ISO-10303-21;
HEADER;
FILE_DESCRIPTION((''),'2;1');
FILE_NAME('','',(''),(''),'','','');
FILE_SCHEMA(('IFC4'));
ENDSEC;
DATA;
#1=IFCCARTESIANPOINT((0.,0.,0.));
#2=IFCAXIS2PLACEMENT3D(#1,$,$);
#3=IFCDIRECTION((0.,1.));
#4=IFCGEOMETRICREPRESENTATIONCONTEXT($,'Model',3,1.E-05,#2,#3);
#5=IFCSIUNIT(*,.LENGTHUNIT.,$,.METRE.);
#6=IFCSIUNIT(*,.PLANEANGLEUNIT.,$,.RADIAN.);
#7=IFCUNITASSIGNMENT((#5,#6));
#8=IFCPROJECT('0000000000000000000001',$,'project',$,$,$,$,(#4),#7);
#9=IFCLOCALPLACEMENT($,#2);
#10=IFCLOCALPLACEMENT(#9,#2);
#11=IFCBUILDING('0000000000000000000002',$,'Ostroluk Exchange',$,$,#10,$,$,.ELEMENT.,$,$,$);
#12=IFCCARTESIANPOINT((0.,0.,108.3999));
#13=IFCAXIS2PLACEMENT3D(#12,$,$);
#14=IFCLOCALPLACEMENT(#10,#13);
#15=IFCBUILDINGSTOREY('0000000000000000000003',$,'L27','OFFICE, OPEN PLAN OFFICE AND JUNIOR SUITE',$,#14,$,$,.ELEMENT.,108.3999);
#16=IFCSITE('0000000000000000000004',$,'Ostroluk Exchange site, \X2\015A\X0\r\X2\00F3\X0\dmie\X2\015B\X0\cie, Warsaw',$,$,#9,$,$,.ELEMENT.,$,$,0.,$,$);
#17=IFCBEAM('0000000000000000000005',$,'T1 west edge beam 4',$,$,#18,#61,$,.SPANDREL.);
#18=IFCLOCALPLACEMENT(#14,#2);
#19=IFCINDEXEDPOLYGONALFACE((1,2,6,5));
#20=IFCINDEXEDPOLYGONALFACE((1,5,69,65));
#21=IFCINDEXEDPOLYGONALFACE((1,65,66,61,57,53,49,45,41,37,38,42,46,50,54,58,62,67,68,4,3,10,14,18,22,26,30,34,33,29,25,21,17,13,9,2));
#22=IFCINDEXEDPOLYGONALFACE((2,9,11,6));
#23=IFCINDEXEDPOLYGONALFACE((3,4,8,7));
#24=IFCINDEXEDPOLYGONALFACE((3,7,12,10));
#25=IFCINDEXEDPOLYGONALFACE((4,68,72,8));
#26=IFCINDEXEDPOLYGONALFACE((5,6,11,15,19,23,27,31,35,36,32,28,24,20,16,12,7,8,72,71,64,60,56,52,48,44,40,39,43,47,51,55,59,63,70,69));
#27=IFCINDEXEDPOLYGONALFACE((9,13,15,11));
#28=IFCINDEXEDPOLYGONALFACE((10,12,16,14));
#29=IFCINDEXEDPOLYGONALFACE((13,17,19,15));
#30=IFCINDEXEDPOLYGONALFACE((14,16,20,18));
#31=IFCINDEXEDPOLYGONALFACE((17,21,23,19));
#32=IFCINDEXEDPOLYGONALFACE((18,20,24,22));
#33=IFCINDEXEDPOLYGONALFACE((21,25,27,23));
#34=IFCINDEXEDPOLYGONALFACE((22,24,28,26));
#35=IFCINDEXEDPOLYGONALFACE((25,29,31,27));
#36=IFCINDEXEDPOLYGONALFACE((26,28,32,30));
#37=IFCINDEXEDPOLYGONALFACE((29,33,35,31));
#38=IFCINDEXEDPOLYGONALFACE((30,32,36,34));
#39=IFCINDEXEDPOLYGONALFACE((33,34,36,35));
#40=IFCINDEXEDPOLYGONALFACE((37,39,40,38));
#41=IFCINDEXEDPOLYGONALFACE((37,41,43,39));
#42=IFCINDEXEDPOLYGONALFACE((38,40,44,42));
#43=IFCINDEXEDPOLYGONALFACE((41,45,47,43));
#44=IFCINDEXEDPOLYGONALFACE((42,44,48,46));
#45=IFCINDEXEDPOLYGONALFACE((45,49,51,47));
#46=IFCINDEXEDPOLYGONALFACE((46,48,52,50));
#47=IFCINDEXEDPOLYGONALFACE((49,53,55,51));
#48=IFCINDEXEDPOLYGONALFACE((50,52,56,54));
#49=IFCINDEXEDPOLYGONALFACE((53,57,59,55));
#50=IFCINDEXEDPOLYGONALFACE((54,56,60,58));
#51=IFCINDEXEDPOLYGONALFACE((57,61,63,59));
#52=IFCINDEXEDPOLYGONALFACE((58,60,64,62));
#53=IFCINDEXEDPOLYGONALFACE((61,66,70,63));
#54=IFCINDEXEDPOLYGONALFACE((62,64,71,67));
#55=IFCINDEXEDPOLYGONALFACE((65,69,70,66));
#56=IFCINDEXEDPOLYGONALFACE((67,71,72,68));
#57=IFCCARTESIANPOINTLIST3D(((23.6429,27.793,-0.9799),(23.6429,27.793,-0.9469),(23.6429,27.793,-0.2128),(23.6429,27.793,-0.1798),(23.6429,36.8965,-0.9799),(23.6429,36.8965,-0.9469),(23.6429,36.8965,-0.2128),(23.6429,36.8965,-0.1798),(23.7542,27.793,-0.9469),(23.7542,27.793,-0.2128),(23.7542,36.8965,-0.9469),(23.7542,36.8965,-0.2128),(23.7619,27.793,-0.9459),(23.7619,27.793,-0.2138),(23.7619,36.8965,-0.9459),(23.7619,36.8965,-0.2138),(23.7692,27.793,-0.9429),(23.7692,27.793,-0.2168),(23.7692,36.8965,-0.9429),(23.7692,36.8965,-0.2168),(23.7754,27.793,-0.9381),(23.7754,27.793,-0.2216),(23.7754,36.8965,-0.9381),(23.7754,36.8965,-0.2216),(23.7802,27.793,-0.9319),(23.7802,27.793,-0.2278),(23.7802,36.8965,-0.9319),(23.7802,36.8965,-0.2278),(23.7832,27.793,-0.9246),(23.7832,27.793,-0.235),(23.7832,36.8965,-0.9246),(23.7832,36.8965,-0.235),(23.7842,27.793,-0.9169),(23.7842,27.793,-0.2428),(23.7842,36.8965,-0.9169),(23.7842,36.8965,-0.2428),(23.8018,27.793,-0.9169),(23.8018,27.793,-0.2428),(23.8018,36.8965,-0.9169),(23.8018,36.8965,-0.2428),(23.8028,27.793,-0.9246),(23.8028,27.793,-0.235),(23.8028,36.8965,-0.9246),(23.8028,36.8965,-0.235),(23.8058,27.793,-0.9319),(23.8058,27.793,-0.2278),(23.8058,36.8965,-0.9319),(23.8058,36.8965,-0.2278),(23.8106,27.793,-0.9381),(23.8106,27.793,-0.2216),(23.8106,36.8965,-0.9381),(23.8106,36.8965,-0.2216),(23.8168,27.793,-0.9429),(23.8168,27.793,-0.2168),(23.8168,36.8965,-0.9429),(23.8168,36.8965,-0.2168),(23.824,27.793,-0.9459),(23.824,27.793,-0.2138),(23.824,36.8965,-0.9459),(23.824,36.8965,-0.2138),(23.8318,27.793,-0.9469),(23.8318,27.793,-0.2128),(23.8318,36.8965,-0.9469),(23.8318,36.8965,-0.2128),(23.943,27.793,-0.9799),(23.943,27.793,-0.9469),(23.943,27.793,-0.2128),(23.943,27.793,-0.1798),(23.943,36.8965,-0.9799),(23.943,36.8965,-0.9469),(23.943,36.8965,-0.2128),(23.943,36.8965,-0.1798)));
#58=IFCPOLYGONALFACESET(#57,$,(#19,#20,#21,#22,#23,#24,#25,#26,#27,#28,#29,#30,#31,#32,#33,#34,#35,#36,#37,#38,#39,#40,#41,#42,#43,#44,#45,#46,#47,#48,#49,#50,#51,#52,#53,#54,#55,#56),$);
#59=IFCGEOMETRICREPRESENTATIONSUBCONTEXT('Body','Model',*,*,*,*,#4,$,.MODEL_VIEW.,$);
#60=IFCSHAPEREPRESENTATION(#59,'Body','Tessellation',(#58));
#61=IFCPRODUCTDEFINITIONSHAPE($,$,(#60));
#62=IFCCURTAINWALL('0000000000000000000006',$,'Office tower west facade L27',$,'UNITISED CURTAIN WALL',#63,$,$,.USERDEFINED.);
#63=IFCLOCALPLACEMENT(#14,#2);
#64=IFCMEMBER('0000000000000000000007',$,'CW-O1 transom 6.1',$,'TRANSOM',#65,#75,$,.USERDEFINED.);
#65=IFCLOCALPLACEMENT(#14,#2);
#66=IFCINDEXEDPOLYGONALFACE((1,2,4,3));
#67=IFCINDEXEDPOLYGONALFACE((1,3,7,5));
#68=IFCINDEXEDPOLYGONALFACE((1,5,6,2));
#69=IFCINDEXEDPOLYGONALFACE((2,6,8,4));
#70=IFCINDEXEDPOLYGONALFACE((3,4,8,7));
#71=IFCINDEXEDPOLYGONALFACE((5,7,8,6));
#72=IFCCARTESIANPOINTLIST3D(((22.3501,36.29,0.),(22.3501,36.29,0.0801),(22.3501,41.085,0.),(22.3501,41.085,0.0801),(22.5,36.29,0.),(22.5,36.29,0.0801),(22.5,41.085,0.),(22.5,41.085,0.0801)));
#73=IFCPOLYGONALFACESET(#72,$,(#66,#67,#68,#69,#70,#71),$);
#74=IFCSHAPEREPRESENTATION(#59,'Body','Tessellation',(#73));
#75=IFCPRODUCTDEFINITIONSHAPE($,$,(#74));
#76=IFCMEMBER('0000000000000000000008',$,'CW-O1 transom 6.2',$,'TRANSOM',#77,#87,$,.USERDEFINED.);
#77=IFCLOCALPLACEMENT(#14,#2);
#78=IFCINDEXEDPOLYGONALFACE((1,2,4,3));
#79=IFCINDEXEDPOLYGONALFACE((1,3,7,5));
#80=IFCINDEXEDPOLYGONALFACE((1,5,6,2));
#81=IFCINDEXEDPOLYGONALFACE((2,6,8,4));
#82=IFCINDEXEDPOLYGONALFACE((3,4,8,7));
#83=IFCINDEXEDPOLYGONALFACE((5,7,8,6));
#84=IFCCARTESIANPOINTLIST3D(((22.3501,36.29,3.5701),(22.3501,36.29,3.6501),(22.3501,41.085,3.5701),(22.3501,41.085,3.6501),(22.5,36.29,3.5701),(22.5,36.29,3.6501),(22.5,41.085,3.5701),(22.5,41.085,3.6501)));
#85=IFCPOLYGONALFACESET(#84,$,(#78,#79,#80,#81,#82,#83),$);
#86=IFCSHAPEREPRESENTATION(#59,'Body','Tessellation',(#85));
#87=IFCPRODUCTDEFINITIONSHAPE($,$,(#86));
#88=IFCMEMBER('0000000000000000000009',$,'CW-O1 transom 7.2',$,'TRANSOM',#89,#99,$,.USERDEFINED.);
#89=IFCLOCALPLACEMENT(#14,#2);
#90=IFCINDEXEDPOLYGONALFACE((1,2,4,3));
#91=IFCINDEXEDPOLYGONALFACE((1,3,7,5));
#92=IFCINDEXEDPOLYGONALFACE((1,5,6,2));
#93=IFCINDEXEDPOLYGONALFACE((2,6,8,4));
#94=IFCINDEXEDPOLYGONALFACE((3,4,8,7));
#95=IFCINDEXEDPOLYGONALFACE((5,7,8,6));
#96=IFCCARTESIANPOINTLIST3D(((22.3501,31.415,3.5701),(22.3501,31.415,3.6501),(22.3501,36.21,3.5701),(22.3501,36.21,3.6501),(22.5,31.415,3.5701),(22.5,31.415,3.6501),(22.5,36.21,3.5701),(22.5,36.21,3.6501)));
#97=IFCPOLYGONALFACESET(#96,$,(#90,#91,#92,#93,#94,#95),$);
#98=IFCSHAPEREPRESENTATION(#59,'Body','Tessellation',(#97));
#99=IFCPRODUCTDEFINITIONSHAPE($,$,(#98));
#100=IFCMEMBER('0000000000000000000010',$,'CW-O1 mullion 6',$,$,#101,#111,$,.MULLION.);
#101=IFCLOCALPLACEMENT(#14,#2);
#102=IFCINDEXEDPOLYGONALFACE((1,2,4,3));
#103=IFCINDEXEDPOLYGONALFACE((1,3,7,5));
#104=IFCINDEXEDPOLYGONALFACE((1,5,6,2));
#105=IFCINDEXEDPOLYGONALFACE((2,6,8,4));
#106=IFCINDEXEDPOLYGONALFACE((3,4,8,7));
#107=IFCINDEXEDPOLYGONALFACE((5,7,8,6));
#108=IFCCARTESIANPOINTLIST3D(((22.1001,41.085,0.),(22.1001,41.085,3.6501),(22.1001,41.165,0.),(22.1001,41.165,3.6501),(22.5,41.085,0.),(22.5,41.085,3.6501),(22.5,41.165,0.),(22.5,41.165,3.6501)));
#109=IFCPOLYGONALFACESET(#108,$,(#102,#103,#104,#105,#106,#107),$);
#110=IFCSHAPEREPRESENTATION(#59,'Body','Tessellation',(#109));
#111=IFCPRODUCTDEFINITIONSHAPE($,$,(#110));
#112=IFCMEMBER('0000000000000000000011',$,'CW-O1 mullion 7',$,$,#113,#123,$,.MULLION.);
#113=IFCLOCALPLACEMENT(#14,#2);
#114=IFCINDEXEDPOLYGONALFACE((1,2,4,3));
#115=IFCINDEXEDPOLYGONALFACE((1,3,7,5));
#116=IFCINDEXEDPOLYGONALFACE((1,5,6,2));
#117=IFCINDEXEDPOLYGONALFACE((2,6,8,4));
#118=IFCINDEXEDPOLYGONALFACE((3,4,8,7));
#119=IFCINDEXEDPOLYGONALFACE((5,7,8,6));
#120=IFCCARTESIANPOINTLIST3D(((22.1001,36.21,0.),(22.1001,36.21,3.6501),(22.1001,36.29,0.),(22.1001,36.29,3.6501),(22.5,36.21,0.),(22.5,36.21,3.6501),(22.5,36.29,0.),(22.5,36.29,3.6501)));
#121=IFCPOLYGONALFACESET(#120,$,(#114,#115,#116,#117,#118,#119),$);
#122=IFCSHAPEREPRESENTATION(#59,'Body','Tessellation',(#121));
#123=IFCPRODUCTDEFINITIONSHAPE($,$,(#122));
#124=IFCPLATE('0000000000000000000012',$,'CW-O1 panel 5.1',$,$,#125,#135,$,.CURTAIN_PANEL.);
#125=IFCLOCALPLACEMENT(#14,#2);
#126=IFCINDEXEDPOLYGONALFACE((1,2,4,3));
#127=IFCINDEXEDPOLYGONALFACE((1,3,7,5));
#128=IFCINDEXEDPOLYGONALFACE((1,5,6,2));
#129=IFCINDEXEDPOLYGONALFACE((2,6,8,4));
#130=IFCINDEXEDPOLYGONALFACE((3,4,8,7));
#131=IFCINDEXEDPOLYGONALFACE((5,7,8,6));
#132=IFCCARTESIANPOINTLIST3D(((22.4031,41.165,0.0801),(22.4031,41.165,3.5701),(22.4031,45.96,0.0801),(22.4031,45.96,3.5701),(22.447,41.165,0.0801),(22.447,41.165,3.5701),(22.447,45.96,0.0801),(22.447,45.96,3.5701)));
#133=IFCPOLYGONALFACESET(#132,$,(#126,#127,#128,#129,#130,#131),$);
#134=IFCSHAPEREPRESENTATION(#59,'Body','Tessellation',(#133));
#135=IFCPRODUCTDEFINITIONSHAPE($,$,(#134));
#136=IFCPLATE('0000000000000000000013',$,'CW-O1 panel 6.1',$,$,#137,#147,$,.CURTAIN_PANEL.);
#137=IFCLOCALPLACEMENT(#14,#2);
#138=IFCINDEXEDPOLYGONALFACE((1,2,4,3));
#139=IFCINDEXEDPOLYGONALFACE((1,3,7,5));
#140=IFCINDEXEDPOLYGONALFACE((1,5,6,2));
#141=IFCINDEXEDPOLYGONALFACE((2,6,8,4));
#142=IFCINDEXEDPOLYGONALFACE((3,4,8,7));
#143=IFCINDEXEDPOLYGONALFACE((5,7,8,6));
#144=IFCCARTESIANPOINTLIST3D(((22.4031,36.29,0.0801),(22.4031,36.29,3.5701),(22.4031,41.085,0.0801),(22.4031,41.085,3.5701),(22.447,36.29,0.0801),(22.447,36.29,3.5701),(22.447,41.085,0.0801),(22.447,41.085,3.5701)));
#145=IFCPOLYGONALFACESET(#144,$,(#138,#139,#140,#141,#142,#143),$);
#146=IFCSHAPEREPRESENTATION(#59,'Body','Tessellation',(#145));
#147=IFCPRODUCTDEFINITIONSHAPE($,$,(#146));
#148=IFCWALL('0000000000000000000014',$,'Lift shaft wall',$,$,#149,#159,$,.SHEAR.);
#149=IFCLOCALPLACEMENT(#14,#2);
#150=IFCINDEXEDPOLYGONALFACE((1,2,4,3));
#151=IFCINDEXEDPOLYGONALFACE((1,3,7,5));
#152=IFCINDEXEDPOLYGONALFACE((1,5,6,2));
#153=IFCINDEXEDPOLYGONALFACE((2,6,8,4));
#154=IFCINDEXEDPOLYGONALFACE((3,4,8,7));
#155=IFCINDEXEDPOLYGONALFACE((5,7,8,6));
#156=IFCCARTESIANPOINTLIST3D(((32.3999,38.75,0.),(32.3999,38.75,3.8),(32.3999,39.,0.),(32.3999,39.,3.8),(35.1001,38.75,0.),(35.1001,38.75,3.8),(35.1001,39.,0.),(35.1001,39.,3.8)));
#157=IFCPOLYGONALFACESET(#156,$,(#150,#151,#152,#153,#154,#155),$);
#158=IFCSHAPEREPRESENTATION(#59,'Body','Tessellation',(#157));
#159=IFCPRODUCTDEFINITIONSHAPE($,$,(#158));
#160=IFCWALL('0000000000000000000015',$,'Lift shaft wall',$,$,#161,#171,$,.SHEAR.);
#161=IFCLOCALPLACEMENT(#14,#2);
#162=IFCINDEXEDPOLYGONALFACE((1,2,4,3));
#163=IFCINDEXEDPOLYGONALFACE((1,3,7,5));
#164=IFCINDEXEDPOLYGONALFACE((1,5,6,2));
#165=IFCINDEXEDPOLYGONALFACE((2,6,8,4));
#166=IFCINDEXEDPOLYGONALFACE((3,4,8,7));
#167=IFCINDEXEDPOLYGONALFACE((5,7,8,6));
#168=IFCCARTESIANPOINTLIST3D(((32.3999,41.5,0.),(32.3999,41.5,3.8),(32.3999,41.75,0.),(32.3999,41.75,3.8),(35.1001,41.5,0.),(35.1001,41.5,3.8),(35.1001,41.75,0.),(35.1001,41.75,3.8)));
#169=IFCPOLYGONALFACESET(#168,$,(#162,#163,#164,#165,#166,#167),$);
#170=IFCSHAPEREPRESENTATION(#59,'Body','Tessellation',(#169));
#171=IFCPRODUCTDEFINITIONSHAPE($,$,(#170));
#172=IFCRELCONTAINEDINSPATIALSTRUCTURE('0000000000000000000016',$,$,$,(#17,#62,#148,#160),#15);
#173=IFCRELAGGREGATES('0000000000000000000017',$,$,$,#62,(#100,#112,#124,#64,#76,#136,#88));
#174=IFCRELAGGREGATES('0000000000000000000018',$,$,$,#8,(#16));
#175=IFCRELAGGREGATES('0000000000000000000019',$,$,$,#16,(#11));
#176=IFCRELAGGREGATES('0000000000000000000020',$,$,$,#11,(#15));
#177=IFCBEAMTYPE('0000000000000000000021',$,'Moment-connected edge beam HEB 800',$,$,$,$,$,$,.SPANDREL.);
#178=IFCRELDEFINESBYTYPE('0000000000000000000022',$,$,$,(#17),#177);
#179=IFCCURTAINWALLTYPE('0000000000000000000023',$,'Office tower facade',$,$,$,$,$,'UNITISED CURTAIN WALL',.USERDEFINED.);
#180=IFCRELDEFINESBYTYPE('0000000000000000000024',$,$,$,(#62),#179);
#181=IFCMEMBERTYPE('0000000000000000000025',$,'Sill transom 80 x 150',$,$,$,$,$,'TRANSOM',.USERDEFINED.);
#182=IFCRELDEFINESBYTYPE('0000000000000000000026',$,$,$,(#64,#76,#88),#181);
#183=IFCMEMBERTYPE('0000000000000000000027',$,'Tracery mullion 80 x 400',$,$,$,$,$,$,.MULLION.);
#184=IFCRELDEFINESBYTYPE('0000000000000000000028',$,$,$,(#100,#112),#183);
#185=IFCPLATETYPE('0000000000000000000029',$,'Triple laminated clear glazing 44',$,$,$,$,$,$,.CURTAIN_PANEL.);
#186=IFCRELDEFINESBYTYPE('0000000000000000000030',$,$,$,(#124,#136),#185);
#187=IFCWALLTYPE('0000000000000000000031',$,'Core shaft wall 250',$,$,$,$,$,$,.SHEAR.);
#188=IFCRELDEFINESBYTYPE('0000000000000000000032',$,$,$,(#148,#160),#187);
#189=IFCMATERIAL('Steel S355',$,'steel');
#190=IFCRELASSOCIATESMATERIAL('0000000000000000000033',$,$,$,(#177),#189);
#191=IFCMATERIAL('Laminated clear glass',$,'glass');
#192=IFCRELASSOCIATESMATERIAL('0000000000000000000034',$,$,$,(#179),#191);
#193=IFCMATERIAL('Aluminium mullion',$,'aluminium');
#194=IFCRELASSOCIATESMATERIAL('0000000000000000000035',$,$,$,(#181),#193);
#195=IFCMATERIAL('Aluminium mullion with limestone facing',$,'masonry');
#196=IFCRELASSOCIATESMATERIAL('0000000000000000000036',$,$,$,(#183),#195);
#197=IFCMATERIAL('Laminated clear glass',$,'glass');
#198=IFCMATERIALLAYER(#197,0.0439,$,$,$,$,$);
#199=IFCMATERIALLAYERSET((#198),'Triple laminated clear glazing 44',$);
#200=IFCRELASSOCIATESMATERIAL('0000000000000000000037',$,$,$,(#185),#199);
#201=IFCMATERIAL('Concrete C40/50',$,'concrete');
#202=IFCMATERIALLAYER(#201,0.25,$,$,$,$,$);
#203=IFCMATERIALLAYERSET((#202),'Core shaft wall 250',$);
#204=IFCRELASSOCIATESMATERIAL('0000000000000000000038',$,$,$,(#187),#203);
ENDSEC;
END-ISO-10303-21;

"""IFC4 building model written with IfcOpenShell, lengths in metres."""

from ifc_helpers import new_model, si_unit, direction, frame, frame_2d, origin, origin_2d, place, context, subcontext, project, spatial, rectangle, i_section, extrude, material, layer, layer_set, material_profile, profile_set, type_object, element, aggregate, save


model = new_model("IFC4")

# Units and contexts
model_context = context("Model", 3, precision=1e-05, world=origin(), true_north=direction((0.0, 1.0)))
body_context = subcontext(model_context, "Body", "Model", "MODEL_VIEW")
ifc_project = project(units=[si_unit("LENGTHUNIT", "METRE"), si_unit("PLANEANGLEUNIT", "RADIAN")], contexts=[model_context])

# Site, building, storey
site_placement = place(None, origin())
site = spatial("IfcSite", under=ifc_project, at=site_placement, Name="Ostroluk Exchange site, Śródmieście, Warsaw", CompositionType="ELEMENT", RefElevation=0.0)
building_placement = place(site_placement, origin())
building = spatial("IfcBuilding", under=site, at=building_placement, Name="Ostroluk Exchange", CompositionType="ELEMENT")
storey_placement = place(building_placement, frame((0.0, 0.0, 108.3999)))
storey = spatial("IfcBuildingStorey", under=building, at=storey_placement, Name="L27", Description="OFFICE, OPEN PLAN OFFICE AND JUNIOR SUITE", CompositionType="ELEMENT", Elevation=108.3999)

# Beam
ifc_material_1 = material(Name="Steel S355", Category="steel")
ifc_material_profile_1 = material_profile(ifc_material_1, i_section(OverallWidth=0.3, OverallDepth=0.8, WebThickness=0.0176, FlangeThickness=0.033, FilletRadius=0.03, at=origin_2d()), Name="HEB 800")
ifc_profile_set_1 = profile_set([ifc_material_profile_1], Name="Steel S355")
beam_type_1 = type_object("IfcBeamType", Name="Moment-connected edge beam HEB 800", PredefinedType="SPANDREL", material=ifc_profile_set_1)
beam_1_placement = place(storey_placement, frame((23.793, 36.8965, -0.5798), z_axis=(0.0, -1.0, 0.0), x_axis=(1.0, 0.0, 0.0)))
element("IfcBeam", 1, at=beam_1_placement, inside=storey, type_object=beam_type_1, Name="T1 west edge beam 4", PredefinedType="SPANDREL", context=body_context, shape_type="SweptSolid", body=[
    extrude(i_section(OverallWidth=0.3, OverallDepth=0.8, WebThickness=0.0176, FlangeThickness=0.033, FilletRadius=0.03, at=origin_2d()), origin(), (0.0, 0.0, 1.0), 9.1035),
])

# Curtain wall, members, plates
ifc_material_2 = material(Name="Laminated clear glass", Category="glass")
curtain_wall_type = type_object("IfcCurtainWallType", Name="Office tower facade", ElementType="UNITISED CURTAIN WALL", PredefinedType="USERDEFINED", material=ifc_material_2)
curtain_wall_placement = place(storey_placement, origin())
curtain_wall = element("IfcCurtainWall", 2, at=curtain_wall_placement, inside=storey, type_object=curtain_wall_type, Name="Office tower west facade L27", ObjectType="UNITISED CURTAIN WALL", PredefinedType="USERDEFINED")
ifc_material_3 = material(Name="Aluminium mullion", Category="aluminium")
ifc_material_profile_2 = material_profile(ifc_material_3, rectangle(XDim=0.1499, YDim=0.0801, at=origin_2d()), Name="Sill transom 80 x 150")
ifc_profile_set_2 = profile_set([ifc_material_profile_2], Name="Aluminium mullion")
member_type_1 = type_object("IfcMemberType", Name="Sill transom 80 x 150", ElementType="TRANSOM", PredefinedType="USERDEFINED", material=ifc_profile_set_2)
member_1_placement = place(storey_placement, frame((22.425, 41.085, 0.04), z_axis=(0.0, -1.0, 0.0), x_axis=(1.0, 0.0, 0.0)))
member_1 = element("IfcMember", 3, at=member_1_placement, type_object=member_type_1, Name="CW-O1 transom 6.1", ObjectType="TRANSOM", PredefinedType="USERDEFINED", context=body_context, shape_type="SweptSolid", body=[
    extrude(rectangle(XDim=0.1499, YDim=0.0801, at=origin_2d()), origin(), (0.0, 0.0, 1.0), 4.7949),
])
member_2_placement = place(storey_placement, frame((22.425, 41.085, 3.6101), z_axis=(0.0, -1.0, 0.0), x_axis=(1.0, 0.0, 0.0)))
member_2 = element("IfcMember", 4, at=member_2_placement, type_object=member_type_1, Name="CW-O1 transom 6.2", ObjectType="TRANSOM", PredefinedType="USERDEFINED", context=body_context, shape_type="SweptSolid", body=[
    extrude(rectangle(XDim=0.1499, YDim=0.0801, at=origin_2d()), origin(), (0.0, 0.0, 1.0), 4.7949),
])
member_3_placement = place(storey_placement, frame((22.425, 36.21, 3.6101), z_axis=(0.0, -1.0, 0.0), x_axis=(1.0, 0.0, 0.0)))
member_3 = element("IfcMember", 5, at=member_3_placement, type_object=member_type_1, Name="CW-O1 transom 7.2", ObjectType="TRANSOM", PredefinedType="USERDEFINED", context=body_context, shape_type="SweptSolid", body=[
    extrude(rectangle(XDim=0.1499, YDim=0.0801, at=origin_2d()), origin(), (0.0, 0.0, 1.0), 4.7949),
])
ifc_material_4 = material(Name="Aluminium mullion with limestone facing", Category="masonry")
ifc_material_profile_3 = material_profile(ifc_material_4, rectangle(XDim=0.3999, YDim=0.0801, at=origin_2d()), Name="Tracery mullion 80 x 400")
ifc_profile_set_3 = profile_set([ifc_material_profile_3], Name="Aluminium mullion with limestone facing")
member_type_2 = type_object("IfcMemberType", Name="Tracery mullion 80 x 400", PredefinedType="MULLION", material=ifc_profile_set_3)
member_4_placement = place(storey_placement, frame((22.3, 41.125, 0.0), z_axis=(0.0, 0.0, 1.0), x_axis=(1.0, 0.0, 0.0)))
member_4 = element("IfcMember", 6, at=member_4_placement, type_object=member_type_2, Name="CW-O1 mullion 6", PredefinedType="MULLION", context=body_context, shape_type="SweptSolid", body=[
    extrude(rectangle(XDim=0.3999, YDim=0.0801, at=origin_2d()), origin(), (0.0, 0.0, 1.0), 3.6501),
])
member_5_placement = place(storey_placement, frame((22.3, 36.25, 0.0), z_axis=(0.0, 0.0, 1.0), x_axis=(1.0, 0.0, 0.0)))
member_5 = element("IfcMember", 7, at=member_5_placement, type_object=member_type_2, Name="CW-O1 mullion 7", PredefinedType="MULLION", context=body_context, shape_type="SweptSolid", body=[
    extrude(rectangle(XDim=0.3999, YDim=0.0801, at=origin_2d()), origin(), (0.0, 0.0, 1.0), 3.6501),
])
ifc_material_5 = material(Name="Laminated clear glass", Category="glass")
ifc_layer_1 = layer(ifc_material_5, 0.0439)
ifc_layer_set_1 = layer_set([ifc_layer_1], Name="Triple laminated clear glazing 44")
plate_type = type_object("IfcPlateType", Name="Triple laminated clear glazing 44", PredefinedType="CURTAIN_PANEL", material=ifc_layer_set_1)
plate_1_placement = place(storey_placement, frame((22.425, 43.5625, 0.0801), z_axis=(0.0, 0.0, 1.0), x_axis=(0.0, -1.0, 0.0)))
plate_1 = element("IfcPlate", 8, at=plate_1_placement, type_object=plate_type, Name="CW-O1 panel 5.1", PredefinedType="CURTAIN_PANEL", context=body_context, shape_type="SweptSolid", body=[
    extrude(rectangle(XDim=4.7949, YDim=0.0439, at=origin_2d()), origin(), (0.0, 0.0, 1.0), 3.49),
])
plate_2_placement = place(storey_placement, frame((22.425, 38.6875, 0.0801), z_axis=(0.0, 0.0, 1.0), x_axis=(0.0, -1.0, 0.0)))
plate_2 = element("IfcPlate", 9, at=plate_2_placement, type_object=plate_type, Name="CW-O1 panel 6.1", PredefinedType="CURTAIN_PANEL", context=body_context, shape_type="SweptSolid", body=[
    extrude(rectangle(XDim=4.7949, YDim=0.0439, at=origin_2d()), origin(), (0.0, 0.0, 1.0), 3.49),
])
aggregate(curtain_wall, [member_4, member_5, plate_1, member_1, member_2, plate_2, member_3])

# Walls
ifc_material_6 = material(Name="Concrete C40/50", Category="concrete")
ifc_layer_2 = layer(ifc_material_6, 0.25)
ifc_layer_set_2 = layer_set([ifc_layer_2], Name="Core shaft wall 250")
wall_type_1 = type_object("IfcWallType", Name="Core shaft wall 250", PredefinedType="SHEAR", material=ifc_layer_set_2)
for number, where, z_axis, x_axis, name in (
    (10, (32.3999, 38.875, 0.0), (0.0, 0.0, 1.0), (1.0, 0.0, 0.0), "Lift shaft wall"),
    (11, (32.3999, 41.625, 0.0), (0.0, 0.0, 1.0), (1.0, 0.0, 0.0), "Lift shaft wall"),
):
    element("IfcWall", number, at=place(storey_placement, frame(where, z_axis=z_axis, x_axis=x_axis)), inside=storey, type_object=wall_type_1, Name=name, PredefinedType="SHEAR", context=body_context, shape_type="SweptSolid", body=[
        extrude(rectangle(XDim=2.7002, YDim=0.25, at=frame_2d((1.3501, 0.0))), origin(), (0.0, 0.0, 1.0), 3.8),
    ])

save(model, "model.ifc")
